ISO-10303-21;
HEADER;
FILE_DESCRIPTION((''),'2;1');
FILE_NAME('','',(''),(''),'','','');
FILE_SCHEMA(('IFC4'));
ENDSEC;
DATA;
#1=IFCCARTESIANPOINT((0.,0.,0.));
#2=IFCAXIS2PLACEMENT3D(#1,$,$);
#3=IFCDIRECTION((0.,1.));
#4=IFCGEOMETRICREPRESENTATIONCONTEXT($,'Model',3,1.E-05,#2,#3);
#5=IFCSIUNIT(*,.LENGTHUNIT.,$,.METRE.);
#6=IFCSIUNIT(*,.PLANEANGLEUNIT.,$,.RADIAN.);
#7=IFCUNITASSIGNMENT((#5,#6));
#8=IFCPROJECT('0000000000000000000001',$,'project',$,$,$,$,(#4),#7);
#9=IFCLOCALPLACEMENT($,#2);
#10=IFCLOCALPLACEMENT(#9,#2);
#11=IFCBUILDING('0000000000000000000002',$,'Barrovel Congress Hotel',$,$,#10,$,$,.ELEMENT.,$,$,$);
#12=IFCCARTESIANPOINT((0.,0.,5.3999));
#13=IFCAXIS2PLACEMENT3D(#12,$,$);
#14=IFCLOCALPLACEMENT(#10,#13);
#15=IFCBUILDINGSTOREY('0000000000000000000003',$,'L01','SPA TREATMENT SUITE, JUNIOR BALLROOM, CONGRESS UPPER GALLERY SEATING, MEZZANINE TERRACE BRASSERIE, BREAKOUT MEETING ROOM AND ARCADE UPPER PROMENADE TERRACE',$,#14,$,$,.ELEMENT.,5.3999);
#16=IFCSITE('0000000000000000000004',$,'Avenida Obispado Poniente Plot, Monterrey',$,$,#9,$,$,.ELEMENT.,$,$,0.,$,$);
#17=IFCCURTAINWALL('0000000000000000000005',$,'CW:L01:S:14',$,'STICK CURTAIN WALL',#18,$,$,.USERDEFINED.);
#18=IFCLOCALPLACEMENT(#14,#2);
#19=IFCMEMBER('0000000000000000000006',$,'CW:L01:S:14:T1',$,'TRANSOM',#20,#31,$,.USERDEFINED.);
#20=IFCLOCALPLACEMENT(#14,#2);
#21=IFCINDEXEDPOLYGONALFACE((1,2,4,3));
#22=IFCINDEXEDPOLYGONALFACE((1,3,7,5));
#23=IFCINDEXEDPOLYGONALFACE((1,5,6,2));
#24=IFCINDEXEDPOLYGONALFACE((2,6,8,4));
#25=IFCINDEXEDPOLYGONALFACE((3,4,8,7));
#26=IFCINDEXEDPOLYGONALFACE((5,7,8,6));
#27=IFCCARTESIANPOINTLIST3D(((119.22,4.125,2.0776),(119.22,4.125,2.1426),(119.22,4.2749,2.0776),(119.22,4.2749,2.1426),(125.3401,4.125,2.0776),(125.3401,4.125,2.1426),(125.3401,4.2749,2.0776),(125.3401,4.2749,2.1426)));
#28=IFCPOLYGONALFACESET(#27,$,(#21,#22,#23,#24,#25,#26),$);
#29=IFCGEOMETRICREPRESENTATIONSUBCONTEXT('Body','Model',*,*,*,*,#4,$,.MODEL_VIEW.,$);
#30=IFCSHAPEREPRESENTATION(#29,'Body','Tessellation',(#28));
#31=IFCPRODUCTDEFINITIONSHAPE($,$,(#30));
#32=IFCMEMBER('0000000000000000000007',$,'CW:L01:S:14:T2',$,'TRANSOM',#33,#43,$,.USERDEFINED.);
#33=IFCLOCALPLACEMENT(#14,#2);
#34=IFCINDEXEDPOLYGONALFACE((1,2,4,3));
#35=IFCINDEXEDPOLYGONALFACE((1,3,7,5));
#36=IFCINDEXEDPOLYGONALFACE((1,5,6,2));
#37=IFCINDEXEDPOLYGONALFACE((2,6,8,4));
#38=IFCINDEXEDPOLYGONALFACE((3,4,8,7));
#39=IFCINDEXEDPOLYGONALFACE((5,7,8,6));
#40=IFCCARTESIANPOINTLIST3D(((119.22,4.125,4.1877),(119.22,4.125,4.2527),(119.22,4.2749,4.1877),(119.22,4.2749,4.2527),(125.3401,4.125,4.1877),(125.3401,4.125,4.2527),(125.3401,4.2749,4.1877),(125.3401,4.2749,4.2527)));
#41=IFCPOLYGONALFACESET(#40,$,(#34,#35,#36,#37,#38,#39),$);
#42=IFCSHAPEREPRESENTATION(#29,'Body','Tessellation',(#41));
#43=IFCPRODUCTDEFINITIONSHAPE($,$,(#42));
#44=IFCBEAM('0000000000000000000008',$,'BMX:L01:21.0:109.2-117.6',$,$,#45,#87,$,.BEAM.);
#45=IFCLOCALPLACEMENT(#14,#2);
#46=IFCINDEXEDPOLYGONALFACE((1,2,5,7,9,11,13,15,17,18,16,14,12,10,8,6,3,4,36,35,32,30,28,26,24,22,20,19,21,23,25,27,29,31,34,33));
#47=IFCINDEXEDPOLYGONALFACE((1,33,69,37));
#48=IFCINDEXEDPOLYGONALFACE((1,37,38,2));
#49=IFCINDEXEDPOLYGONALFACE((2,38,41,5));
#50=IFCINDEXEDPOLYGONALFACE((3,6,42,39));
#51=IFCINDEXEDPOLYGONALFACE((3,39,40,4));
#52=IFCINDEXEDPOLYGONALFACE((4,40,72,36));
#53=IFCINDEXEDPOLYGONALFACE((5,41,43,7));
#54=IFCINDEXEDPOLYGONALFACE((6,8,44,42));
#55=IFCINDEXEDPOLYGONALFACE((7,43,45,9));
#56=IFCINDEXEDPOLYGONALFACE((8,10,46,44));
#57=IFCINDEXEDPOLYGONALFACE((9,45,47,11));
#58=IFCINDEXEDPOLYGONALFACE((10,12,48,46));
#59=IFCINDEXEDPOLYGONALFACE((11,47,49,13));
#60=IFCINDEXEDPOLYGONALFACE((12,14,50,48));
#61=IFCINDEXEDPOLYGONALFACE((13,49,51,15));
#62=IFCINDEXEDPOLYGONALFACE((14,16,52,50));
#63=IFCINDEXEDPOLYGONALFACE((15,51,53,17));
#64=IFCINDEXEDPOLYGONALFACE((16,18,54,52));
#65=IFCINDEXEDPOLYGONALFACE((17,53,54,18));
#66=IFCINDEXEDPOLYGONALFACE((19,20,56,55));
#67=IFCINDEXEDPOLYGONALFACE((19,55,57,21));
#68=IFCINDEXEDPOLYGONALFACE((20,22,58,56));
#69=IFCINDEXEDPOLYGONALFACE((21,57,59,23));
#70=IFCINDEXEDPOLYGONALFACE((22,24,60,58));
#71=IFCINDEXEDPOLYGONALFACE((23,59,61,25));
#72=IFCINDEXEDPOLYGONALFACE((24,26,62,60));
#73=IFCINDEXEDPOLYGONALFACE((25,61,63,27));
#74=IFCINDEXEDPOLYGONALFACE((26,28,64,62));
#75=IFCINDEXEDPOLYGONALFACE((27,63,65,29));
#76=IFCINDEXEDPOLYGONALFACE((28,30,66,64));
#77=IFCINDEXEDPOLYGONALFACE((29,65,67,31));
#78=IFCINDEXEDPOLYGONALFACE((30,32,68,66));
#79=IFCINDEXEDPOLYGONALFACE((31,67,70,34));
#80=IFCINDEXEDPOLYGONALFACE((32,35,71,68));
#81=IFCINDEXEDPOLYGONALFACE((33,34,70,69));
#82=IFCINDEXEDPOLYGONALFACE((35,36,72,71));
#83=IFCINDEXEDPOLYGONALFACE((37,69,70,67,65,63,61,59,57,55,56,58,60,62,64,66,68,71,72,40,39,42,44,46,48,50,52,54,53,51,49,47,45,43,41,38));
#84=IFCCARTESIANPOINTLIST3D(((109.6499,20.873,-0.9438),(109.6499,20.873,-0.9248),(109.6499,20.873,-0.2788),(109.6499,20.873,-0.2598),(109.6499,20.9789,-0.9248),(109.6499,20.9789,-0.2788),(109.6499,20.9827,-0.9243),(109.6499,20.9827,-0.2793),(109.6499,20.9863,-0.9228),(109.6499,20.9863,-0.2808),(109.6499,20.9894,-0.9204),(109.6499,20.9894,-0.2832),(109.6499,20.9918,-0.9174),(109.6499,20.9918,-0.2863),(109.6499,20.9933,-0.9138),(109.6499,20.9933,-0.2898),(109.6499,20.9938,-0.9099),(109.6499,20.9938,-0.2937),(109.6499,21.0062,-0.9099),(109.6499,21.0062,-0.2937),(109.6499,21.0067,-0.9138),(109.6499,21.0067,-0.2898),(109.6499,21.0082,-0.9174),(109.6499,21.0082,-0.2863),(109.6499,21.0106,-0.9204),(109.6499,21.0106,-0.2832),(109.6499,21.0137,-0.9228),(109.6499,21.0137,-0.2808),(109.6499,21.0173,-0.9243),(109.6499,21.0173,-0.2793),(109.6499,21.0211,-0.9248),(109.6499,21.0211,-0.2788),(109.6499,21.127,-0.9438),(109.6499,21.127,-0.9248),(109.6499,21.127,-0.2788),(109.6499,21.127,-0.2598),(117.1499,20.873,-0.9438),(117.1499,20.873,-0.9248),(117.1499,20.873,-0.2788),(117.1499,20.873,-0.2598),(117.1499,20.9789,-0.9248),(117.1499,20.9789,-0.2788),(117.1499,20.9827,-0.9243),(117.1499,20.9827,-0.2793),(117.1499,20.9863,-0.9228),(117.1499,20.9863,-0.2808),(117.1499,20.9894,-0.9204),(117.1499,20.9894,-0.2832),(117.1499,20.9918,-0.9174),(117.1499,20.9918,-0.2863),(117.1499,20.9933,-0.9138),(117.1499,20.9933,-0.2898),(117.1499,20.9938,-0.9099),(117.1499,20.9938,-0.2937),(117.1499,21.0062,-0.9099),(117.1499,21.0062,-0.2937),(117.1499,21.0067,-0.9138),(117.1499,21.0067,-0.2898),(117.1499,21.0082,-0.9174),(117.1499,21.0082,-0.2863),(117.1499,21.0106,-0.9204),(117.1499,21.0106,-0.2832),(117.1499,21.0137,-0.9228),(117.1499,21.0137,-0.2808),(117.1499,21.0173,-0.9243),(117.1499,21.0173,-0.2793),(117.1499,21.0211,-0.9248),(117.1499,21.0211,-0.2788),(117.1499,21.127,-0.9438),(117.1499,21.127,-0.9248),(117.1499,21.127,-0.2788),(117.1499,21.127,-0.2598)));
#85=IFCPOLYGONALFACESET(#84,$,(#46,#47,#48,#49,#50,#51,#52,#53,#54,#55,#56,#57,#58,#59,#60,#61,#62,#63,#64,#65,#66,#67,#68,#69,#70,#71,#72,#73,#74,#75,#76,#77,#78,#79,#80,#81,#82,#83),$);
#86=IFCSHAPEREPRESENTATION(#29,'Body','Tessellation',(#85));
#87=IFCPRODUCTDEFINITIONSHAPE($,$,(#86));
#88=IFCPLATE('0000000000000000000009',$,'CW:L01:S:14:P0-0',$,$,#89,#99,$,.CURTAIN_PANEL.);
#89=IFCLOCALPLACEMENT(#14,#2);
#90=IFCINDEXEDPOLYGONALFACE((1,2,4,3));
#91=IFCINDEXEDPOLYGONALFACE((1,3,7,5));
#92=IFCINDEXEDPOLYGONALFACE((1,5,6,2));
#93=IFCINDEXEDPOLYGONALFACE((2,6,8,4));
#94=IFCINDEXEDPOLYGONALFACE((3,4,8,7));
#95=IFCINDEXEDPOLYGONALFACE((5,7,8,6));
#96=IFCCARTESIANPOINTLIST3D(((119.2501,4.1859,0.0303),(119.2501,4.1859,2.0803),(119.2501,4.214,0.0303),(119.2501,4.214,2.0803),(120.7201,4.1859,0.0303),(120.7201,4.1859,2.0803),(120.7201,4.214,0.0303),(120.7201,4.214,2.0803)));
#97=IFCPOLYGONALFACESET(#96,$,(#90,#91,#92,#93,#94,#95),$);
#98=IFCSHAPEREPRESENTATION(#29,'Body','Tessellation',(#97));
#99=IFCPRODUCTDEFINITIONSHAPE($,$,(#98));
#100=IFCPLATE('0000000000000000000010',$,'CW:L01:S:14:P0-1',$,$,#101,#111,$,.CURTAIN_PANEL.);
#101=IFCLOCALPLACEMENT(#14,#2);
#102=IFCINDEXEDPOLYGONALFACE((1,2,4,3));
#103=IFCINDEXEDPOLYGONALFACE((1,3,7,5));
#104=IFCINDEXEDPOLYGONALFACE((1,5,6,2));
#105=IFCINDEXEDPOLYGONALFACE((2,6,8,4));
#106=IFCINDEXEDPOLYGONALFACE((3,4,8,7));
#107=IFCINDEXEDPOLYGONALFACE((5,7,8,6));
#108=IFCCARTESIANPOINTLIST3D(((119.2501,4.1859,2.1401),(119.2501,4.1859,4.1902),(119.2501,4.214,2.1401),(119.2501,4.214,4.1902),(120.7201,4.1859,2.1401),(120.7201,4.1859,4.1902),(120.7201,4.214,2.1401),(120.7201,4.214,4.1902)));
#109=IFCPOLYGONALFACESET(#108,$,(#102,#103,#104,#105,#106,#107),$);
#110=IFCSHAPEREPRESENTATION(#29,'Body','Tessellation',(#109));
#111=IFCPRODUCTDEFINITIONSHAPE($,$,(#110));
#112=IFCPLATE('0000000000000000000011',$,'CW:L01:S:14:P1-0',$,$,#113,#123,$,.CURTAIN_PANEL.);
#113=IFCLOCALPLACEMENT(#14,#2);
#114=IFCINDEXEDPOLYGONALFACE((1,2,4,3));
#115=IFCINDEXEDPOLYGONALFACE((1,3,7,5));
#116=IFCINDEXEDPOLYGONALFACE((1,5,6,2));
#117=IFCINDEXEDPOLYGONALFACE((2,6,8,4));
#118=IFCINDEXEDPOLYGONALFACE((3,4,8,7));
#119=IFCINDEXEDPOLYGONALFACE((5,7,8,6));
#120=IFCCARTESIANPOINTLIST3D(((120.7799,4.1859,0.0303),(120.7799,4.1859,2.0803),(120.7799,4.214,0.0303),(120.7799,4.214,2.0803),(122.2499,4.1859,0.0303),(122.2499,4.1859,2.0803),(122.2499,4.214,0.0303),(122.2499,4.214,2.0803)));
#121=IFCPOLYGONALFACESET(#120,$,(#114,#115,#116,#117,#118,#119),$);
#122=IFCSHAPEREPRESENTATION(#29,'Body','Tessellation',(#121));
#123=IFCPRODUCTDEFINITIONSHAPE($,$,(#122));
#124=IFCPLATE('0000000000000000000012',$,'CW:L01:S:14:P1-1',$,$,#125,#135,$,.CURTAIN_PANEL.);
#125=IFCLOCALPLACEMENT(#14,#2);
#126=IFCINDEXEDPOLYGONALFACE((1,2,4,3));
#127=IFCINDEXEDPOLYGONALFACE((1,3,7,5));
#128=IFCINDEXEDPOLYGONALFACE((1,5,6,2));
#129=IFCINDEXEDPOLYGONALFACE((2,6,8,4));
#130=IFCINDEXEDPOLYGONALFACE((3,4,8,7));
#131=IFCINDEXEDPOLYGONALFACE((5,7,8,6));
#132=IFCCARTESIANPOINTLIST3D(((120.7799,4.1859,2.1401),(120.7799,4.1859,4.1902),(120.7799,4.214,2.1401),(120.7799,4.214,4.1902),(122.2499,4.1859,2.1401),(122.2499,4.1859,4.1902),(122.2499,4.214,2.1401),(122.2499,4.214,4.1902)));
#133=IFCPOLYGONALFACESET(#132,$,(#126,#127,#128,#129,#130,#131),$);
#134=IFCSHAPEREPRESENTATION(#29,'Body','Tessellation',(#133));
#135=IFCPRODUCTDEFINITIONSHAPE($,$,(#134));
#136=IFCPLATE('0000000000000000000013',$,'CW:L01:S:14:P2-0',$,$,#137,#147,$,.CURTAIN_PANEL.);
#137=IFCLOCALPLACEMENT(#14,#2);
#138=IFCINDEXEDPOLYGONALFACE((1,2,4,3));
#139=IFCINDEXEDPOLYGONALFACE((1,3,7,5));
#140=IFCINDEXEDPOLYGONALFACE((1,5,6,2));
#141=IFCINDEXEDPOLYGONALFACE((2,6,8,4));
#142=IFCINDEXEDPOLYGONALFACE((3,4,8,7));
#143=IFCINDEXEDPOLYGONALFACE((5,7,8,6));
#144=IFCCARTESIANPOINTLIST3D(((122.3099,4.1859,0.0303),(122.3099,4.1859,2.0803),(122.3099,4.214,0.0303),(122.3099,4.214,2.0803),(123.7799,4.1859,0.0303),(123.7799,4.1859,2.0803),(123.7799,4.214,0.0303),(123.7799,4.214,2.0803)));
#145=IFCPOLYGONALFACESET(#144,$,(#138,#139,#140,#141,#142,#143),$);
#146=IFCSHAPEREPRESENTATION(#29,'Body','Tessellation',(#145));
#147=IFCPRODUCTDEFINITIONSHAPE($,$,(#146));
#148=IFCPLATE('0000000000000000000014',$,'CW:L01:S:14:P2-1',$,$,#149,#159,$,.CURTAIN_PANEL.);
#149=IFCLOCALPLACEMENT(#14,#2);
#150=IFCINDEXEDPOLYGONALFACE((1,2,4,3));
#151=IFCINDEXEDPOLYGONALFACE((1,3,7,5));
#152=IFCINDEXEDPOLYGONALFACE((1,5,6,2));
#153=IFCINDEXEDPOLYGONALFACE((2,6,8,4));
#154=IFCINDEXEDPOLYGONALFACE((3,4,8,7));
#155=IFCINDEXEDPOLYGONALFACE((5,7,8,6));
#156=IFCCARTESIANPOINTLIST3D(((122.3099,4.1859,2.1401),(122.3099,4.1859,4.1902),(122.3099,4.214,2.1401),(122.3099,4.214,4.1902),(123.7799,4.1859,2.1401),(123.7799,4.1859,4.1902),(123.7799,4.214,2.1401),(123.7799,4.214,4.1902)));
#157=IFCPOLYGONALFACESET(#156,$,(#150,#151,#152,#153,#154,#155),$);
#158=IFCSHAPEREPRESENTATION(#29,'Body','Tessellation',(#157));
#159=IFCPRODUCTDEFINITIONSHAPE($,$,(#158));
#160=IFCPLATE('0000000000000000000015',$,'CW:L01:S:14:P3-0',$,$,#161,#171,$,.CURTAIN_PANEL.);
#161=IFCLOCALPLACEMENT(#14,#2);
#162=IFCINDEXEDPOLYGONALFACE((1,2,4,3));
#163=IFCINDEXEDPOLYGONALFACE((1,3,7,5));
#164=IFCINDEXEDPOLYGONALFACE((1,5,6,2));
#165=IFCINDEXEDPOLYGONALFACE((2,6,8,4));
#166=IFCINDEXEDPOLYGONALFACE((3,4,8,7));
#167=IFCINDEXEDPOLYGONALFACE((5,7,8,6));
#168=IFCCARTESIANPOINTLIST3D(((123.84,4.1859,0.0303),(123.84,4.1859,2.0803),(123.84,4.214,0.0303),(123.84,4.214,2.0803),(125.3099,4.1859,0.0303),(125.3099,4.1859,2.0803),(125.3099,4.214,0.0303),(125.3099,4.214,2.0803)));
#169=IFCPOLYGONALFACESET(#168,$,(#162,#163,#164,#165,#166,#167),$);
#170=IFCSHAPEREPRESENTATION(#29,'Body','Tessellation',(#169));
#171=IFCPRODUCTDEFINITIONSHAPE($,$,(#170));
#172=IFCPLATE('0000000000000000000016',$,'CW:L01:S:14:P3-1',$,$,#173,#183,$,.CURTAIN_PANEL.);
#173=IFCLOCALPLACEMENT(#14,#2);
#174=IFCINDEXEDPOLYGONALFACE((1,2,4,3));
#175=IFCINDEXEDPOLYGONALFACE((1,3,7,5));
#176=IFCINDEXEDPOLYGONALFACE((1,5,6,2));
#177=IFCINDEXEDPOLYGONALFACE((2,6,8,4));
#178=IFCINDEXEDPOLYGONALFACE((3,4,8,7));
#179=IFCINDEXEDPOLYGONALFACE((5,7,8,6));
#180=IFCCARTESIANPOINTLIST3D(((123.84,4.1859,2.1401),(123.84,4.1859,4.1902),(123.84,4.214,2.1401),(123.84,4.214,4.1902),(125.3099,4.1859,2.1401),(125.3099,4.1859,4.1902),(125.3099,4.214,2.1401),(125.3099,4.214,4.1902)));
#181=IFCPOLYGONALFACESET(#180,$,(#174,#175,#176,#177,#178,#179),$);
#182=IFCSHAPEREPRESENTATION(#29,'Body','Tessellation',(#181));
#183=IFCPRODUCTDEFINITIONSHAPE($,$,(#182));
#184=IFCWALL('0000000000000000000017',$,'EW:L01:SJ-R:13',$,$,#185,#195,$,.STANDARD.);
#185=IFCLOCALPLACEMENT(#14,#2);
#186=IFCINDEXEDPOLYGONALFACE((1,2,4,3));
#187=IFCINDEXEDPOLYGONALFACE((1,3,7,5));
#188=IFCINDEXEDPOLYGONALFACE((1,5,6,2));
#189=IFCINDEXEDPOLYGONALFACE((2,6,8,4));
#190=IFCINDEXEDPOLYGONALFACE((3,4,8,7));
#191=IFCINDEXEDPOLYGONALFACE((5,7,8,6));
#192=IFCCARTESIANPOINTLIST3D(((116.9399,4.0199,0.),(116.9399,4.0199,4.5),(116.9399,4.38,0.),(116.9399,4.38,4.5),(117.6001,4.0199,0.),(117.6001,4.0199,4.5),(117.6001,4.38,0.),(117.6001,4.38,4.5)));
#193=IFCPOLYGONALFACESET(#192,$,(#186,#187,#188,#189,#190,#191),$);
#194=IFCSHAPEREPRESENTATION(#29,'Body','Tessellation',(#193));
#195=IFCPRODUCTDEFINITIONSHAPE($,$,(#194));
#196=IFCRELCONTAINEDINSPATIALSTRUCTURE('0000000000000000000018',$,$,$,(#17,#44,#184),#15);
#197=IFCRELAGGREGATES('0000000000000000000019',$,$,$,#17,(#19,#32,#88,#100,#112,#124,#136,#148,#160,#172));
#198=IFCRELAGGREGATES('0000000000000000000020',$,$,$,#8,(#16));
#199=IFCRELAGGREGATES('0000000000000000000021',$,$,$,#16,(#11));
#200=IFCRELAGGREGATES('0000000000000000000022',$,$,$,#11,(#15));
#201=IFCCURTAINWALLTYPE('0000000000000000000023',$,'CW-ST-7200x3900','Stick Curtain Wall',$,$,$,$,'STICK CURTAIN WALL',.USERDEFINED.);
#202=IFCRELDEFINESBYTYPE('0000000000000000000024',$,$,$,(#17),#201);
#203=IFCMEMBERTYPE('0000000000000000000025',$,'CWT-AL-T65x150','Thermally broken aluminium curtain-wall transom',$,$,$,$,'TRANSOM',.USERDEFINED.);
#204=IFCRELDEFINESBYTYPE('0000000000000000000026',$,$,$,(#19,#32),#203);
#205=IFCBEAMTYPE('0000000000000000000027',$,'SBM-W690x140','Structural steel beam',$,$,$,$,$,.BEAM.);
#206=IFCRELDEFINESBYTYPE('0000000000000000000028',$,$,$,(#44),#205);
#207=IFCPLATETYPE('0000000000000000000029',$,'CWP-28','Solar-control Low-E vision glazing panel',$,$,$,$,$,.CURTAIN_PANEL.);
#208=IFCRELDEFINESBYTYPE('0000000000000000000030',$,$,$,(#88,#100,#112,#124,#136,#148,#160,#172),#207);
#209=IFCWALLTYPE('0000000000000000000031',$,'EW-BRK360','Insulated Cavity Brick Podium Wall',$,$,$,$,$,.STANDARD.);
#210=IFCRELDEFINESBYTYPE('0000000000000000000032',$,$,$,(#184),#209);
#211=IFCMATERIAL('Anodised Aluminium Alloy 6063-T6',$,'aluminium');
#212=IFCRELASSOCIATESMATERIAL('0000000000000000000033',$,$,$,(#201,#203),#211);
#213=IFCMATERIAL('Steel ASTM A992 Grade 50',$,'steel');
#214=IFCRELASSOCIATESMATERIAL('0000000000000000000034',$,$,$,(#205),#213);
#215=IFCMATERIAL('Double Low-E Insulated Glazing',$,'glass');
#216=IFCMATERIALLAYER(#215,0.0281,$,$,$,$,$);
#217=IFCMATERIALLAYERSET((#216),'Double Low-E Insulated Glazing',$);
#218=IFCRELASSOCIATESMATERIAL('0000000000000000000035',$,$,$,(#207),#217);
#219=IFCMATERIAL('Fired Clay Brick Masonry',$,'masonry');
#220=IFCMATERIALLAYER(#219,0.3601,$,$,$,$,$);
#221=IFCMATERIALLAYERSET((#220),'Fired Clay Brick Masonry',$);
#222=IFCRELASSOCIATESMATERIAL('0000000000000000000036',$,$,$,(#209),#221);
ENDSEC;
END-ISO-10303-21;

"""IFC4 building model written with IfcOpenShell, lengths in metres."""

from ifc_helpers import new_model, si_unit, direction, frame, frame_2d, origin, origin_2d, place, context, subcontext, project, spatial, rectangle, i_section, extrude, material, layer, layer_set, material_profile, profile_set, type_object, element, aggregate, save


model = new_model("IFC4")

# Units and contexts
model_context = context("Model", 3, precision=1e-05, world=origin(), true_north=direction((0.0, 1.0)))
body_context = subcontext(model_context, "Body", "Model", "MODEL_VIEW")
ifc_project = project(units=[si_unit("LENGTHUNIT", "METRE"), si_unit("PLANEANGLEUNIT", "RADIAN")], contexts=[model_context])

# Site, building, storey
site_placement = place(None, origin())
site = spatial("IfcSite", under=ifc_project, at=site_placement, Name="Avenida Obispado Poniente Plot, Monterrey", CompositionType="ELEMENT", RefElevation=0.0)
building_placement = place(site_placement, origin())
building = spatial("IfcBuilding", under=site, at=building_placement, Name="Barrovel Congress Hotel", CompositionType="ELEMENT")
storey_placement = place(building_placement, frame((0.0, 0.0, 5.3999)))
storey = spatial("IfcBuildingStorey", under=building, at=storey_placement, Name="L01", Description="SPA TREATMENT SUITE, JUNIOR BALLROOM, CONGRESS UPPER GALLERY SEATING, MEZZANINE TERRACE BRASSERIE, BREAKOUT MEETING ROOM AND ARCADE UPPER PROMENADE TERRACE", CompositionType="ELEMENT", Elevation=5.3999)

# Shared definitions
ifc_material_1 = material(Name="Anodised Aluminium Alloy 6063-T6", Category="aluminium")
curtain_wall_type = type_object("IfcCurtainWallType", Name="CW-ST-7200x3900", Description="Stick Curtain Wall", ElementType="STICK CURTAIN WALL", PredefinedType="USERDEFINED", material=ifc_material_1)

# Curtain wall, members
curtain_wall_1_placement = place(storey_placement, origin())
curtain_wall_1 = element("IfcCurtainWall", 1, at=curtain_wall_1_placement, inside=storey, type_object=curtain_wall_type, Name="CW:L01:S:14", ObjectType="STICK CURTAIN WALL", PredefinedType="USERDEFINED")
ifc_material_profile_1 = material_profile(ifc_material_1, rectangle(XDim=0.1499, YDim=0.0649, at=origin_2d()), Name="AL-T65x150")
ifc_profile_set_1 = profile_set([ifc_material_profile_1], Name="Anodised Aluminium Alloy 6063-T6")
member_type_1 = type_object("IfcMemberType", Name="CWT-AL-T65x150", Description="Thermally broken aluminium curtain-wall transom", ElementType="TRANSOM", PredefinedType="USERDEFINED", material=ifc_profile_set_1)
member_1_placement = place(storey_placement, frame((119.22, 4.2, 2.1101), z_axis=(1.0, 0.0, 0.0), x_axis=(0.0, 1.0, 0.0)))
member_1 = element("IfcMember", 2, at=member_1_placement, type_object=member_type_1, Name="CW:L01:S:14:T1", ObjectType="TRANSOM", PredefinedType="USERDEFINED", context=body_context, shape_type="SweptSolid", body=[
    extrude(rectangle(XDim=0.1499, YDim=0.0649, at=origin_2d()), origin(), (0.0, 0.0, 1.0), 6.1201),
])
member_2_placement = place(storey_placement, frame((119.22, 4.2, 4.2202), z_axis=(1.0, 0.0, 0.0), x_axis=(0.0, 1.0, 0.0)))
member_2 = element("IfcMember", 3, at=member_2_placement, type_object=member_type_1, Name="CW:L01:S:14:T2", ObjectType="TRANSOM", PredefinedType="USERDEFINED", context=body_context, shape_type="SweptSolid", body=[
    extrude(rectangle(XDim=0.1499, YDim=0.0649, at=origin_2d()), origin(), (0.0, 0.0, 1.0), 6.1201),
])

# Beam
ifc_material_2 = material(Name="Steel ASTM A992 Grade 50", Category="steel")
ifc_material_profile_2 = material_profile(ifc_material_2, i_section(OverallWidth=0.2539, OverallDepth=0.6841, WebThickness=0.0125, FlangeThickness=0.019, FilletRadius=0.0149, at=origin_2d()), Name="W690x140")
ifc_profile_set_2 = profile_set([ifc_material_profile_2], Name="Steel ASTM A992 Grade 50")
beam_type_1 = type_object("IfcBeamType", Name="SBM-W690x140", Description="Structural steel beam", PredefinedType="BEAM", material=ifc_profile_set_2)
beam_1_placement = place(storey_placement, frame((109.6499, 21.0, -0.6018), z_axis=(1.0, 0.0, 0.0), x_axis=(0.0, 1.0, 0.0)))
element("IfcBeam", 4, at=beam_1_placement, inside=storey, type_object=beam_type_1, Name="BMX:L01:21.0:109.2-117.6", PredefinedType="BEAM", context=body_context, shape_type="SweptSolid", body=[
    extrude(i_section(OverallWidth=0.2539, OverallDepth=0.6841, WebThickness=0.0125, FlangeThickness=0.019, FilletRadius=0.0149, at=origin_2d()), origin(), (0.0, 0.0, 1.0), 7.5),
])

# Plates
ifc_material_3 = material(Name="Double Low-E Insulated Glazing", Category="glass")
ifc_layer_1 = layer(ifc_material_3, 0.0281)
ifc_layer_set_1 = layer_set([ifc_layer_1], Name="Double Low-E Insulated Glazing")
plate_type = type_object("IfcPlateType", Name="CWP-28", Description="Solar-control Low-E vision glazing panel", PredefinedType="CURTAIN_PANEL", material=ifc_layer_set_1)
plate_1_placement = place(storey_placement, frame((119.9851, 4.2, 0.0303), z_axis=(0.0, 0.0, 1.0), x_axis=(1.0, 0.0, 0.0)))
plate_1 = element("IfcPlate", 5, at=plate_1_placement, type_object=plate_type, Name="CW:L01:S:14:P0-0", PredefinedType="CURTAIN_PANEL", context=body_context, shape_type="SweptSolid", body=[
    extrude(rectangle(XDim=1.47, YDim=0.0281, at=origin_2d()), origin(), (0.0, 0.0, 1.0), 2.05),
])
plate_2_placement = place(storey_placement, frame((119.9851, 4.2, 2.1401), z_axis=(0.0, 0.0, 1.0), x_axis=(1.0, 0.0, 0.0)))
plate_2 = element("IfcPlate", 6, at=plate_2_placement, type_object=plate_type, Name="CW:L01:S:14:P0-1", PredefinedType="CURTAIN_PANEL", context=body_context, shape_type="SweptSolid", body=[
    extrude(rectangle(XDim=1.47, YDim=0.0281, at=origin_2d()), origin(), (0.0, 0.0, 1.0), 2.05),
])
plate_3_placement = place(storey_placement, frame((121.5149, 4.2, 0.0303), z_axis=(0.0, 0.0, 1.0), x_axis=(1.0, 0.0, 0.0)))
plate_3 = element("IfcPlate", 7, at=plate_3_placement, type_object=plate_type, Name="CW:L01:S:14:P1-0", PredefinedType="CURTAIN_PANEL", context=body_context, shape_type="SweptSolid", body=[
    extrude(rectangle(XDim=1.47, YDim=0.0281, at=origin_2d()), origin(), (0.0, 0.0, 1.0), 2.05),
])
plate_4_placement = place(storey_placement, frame((121.5149, 4.2, 2.1401), z_axis=(0.0, 0.0, 1.0), x_axis=(1.0, 0.0, 0.0)))
plate_4 = element("IfcPlate", 8, at=plate_4_placement, type_object=plate_type, Name="CW:L01:S:14:P1-1", PredefinedType="CURTAIN_PANEL", context=body_context, shape_type="SweptSolid", body=[
    extrude(rectangle(XDim=1.47, YDim=0.0281, at=origin_2d()), origin(), (0.0, 0.0, 1.0), 2.05),
])
plate_5_placement = place(storey_placement, frame((123.0449, 4.2, 0.0303), z_axis=(0.0, 0.0, 1.0), x_axis=(1.0, 0.0, 0.0)))
plate_5 = element("IfcPlate", 9, at=plate_5_placement, type_object=plate_type, Name="CW:L01:S:14:P2-0", PredefinedType="CURTAIN_PANEL", context=body_context, shape_type="SweptSolid", body=[
    extrude(rectangle(XDim=1.47, YDim=0.0281, at=origin_2d()), origin(), (0.0, 0.0, 1.0), 2.05),
])
plate_6_placement = place(storey_placement, frame((123.0449, 4.2, 2.1401), z_axis=(0.0, 0.0, 1.0), x_axis=(1.0, 0.0, 0.0)))
plate_6 = element("IfcPlate", 10, at=plate_6_placement, type_object=plate_type, Name="CW:L01:S:14:P2-1", PredefinedType="CURTAIN_PANEL", context=body_context, shape_type="SweptSolid", body=[
    extrude(rectangle(XDim=1.47, YDim=0.0281, at=origin_2d()), origin(), (0.0, 0.0, 1.0), 2.05),
])
plate_7_placement = place(storey_placement, frame((124.575, 4.2, 0.0303), z_axis=(0.0, 0.0, 1.0), x_axis=(1.0, 0.0, 0.0)))
plate_7 = element("IfcPlate", 11, at=plate_7_placement, type_object=plate_type, Name="CW:L01:S:14:P3-0", PredefinedType="CURTAIN_PANEL", context=body_context, shape_type="SweptSolid", body=[
    extrude(rectangle(XDim=1.47, YDim=0.0281, at=origin_2d()), origin(), (0.0, 0.0, 1.0), 2.05),
])
plate_8_placement = place(storey_placement, frame((124.575, 4.2, 2.1401), z_axis=(0.0, 0.0, 1.0), x_axis=(1.0, 0.0, 0.0)))
plate_8 = element("IfcPlate", 12, at=plate_8_placement, type_object=plate_type, Name="CW:L01:S:14:P3-1", PredefinedType="CURTAIN_PANEL", context=body_context, shape_type="SweptSolid", body=[
    extrude(rectangle(XDim=1.47, YDim=0.0281, at=origin_2d()), origin(), (0.0, 0.0, 1.0), 2.05),
])
aggregate(curtain_wall_1, [member_1, member_2, plate_1, plate_2, plate_3, plate_4, plate_5, plate_6, plate_7, plate_8])

# Wall
ifc_material_4 = material(Name="Fired Clay Brick Masonry", Category="masonry")
ifc_layer_2 = layer(ifc_material_4, 0.3601)
ifc_layer_set_2 = layer_set([ifc_layer_2], Name="Fired Clay Brick Masonry")
wall_type = type_object("IfcWallType", Name="EW-BRK360", Description="Insulated Cavity Brick Podium Wall", PredefinedType="STANDARD", material=ifc_layer_set_2)
wall_1_placement = place(storey_placement, frame((116.9399, 4.2, 0.0), z_axis=(0.0, 0.0, 1.0), x_axis=(1.0, 0.0, 0.0)))
element("IfcWall", 13, at=wall_1_placement, inside=storey, type_object=wall_type, Name="EW:L01:SJ-R:13", PredefinedType="STANDARD", context=body_context, shape_type="SweptSolid", body=[
    extrude(rectangle(XDim=0.6602, YDim=0.3601, at=frame_2d((0.3301, 0.0))), origin(), (0.0, 0.0, 1.0), 4.5),
])

save(model, "model.ifc")
